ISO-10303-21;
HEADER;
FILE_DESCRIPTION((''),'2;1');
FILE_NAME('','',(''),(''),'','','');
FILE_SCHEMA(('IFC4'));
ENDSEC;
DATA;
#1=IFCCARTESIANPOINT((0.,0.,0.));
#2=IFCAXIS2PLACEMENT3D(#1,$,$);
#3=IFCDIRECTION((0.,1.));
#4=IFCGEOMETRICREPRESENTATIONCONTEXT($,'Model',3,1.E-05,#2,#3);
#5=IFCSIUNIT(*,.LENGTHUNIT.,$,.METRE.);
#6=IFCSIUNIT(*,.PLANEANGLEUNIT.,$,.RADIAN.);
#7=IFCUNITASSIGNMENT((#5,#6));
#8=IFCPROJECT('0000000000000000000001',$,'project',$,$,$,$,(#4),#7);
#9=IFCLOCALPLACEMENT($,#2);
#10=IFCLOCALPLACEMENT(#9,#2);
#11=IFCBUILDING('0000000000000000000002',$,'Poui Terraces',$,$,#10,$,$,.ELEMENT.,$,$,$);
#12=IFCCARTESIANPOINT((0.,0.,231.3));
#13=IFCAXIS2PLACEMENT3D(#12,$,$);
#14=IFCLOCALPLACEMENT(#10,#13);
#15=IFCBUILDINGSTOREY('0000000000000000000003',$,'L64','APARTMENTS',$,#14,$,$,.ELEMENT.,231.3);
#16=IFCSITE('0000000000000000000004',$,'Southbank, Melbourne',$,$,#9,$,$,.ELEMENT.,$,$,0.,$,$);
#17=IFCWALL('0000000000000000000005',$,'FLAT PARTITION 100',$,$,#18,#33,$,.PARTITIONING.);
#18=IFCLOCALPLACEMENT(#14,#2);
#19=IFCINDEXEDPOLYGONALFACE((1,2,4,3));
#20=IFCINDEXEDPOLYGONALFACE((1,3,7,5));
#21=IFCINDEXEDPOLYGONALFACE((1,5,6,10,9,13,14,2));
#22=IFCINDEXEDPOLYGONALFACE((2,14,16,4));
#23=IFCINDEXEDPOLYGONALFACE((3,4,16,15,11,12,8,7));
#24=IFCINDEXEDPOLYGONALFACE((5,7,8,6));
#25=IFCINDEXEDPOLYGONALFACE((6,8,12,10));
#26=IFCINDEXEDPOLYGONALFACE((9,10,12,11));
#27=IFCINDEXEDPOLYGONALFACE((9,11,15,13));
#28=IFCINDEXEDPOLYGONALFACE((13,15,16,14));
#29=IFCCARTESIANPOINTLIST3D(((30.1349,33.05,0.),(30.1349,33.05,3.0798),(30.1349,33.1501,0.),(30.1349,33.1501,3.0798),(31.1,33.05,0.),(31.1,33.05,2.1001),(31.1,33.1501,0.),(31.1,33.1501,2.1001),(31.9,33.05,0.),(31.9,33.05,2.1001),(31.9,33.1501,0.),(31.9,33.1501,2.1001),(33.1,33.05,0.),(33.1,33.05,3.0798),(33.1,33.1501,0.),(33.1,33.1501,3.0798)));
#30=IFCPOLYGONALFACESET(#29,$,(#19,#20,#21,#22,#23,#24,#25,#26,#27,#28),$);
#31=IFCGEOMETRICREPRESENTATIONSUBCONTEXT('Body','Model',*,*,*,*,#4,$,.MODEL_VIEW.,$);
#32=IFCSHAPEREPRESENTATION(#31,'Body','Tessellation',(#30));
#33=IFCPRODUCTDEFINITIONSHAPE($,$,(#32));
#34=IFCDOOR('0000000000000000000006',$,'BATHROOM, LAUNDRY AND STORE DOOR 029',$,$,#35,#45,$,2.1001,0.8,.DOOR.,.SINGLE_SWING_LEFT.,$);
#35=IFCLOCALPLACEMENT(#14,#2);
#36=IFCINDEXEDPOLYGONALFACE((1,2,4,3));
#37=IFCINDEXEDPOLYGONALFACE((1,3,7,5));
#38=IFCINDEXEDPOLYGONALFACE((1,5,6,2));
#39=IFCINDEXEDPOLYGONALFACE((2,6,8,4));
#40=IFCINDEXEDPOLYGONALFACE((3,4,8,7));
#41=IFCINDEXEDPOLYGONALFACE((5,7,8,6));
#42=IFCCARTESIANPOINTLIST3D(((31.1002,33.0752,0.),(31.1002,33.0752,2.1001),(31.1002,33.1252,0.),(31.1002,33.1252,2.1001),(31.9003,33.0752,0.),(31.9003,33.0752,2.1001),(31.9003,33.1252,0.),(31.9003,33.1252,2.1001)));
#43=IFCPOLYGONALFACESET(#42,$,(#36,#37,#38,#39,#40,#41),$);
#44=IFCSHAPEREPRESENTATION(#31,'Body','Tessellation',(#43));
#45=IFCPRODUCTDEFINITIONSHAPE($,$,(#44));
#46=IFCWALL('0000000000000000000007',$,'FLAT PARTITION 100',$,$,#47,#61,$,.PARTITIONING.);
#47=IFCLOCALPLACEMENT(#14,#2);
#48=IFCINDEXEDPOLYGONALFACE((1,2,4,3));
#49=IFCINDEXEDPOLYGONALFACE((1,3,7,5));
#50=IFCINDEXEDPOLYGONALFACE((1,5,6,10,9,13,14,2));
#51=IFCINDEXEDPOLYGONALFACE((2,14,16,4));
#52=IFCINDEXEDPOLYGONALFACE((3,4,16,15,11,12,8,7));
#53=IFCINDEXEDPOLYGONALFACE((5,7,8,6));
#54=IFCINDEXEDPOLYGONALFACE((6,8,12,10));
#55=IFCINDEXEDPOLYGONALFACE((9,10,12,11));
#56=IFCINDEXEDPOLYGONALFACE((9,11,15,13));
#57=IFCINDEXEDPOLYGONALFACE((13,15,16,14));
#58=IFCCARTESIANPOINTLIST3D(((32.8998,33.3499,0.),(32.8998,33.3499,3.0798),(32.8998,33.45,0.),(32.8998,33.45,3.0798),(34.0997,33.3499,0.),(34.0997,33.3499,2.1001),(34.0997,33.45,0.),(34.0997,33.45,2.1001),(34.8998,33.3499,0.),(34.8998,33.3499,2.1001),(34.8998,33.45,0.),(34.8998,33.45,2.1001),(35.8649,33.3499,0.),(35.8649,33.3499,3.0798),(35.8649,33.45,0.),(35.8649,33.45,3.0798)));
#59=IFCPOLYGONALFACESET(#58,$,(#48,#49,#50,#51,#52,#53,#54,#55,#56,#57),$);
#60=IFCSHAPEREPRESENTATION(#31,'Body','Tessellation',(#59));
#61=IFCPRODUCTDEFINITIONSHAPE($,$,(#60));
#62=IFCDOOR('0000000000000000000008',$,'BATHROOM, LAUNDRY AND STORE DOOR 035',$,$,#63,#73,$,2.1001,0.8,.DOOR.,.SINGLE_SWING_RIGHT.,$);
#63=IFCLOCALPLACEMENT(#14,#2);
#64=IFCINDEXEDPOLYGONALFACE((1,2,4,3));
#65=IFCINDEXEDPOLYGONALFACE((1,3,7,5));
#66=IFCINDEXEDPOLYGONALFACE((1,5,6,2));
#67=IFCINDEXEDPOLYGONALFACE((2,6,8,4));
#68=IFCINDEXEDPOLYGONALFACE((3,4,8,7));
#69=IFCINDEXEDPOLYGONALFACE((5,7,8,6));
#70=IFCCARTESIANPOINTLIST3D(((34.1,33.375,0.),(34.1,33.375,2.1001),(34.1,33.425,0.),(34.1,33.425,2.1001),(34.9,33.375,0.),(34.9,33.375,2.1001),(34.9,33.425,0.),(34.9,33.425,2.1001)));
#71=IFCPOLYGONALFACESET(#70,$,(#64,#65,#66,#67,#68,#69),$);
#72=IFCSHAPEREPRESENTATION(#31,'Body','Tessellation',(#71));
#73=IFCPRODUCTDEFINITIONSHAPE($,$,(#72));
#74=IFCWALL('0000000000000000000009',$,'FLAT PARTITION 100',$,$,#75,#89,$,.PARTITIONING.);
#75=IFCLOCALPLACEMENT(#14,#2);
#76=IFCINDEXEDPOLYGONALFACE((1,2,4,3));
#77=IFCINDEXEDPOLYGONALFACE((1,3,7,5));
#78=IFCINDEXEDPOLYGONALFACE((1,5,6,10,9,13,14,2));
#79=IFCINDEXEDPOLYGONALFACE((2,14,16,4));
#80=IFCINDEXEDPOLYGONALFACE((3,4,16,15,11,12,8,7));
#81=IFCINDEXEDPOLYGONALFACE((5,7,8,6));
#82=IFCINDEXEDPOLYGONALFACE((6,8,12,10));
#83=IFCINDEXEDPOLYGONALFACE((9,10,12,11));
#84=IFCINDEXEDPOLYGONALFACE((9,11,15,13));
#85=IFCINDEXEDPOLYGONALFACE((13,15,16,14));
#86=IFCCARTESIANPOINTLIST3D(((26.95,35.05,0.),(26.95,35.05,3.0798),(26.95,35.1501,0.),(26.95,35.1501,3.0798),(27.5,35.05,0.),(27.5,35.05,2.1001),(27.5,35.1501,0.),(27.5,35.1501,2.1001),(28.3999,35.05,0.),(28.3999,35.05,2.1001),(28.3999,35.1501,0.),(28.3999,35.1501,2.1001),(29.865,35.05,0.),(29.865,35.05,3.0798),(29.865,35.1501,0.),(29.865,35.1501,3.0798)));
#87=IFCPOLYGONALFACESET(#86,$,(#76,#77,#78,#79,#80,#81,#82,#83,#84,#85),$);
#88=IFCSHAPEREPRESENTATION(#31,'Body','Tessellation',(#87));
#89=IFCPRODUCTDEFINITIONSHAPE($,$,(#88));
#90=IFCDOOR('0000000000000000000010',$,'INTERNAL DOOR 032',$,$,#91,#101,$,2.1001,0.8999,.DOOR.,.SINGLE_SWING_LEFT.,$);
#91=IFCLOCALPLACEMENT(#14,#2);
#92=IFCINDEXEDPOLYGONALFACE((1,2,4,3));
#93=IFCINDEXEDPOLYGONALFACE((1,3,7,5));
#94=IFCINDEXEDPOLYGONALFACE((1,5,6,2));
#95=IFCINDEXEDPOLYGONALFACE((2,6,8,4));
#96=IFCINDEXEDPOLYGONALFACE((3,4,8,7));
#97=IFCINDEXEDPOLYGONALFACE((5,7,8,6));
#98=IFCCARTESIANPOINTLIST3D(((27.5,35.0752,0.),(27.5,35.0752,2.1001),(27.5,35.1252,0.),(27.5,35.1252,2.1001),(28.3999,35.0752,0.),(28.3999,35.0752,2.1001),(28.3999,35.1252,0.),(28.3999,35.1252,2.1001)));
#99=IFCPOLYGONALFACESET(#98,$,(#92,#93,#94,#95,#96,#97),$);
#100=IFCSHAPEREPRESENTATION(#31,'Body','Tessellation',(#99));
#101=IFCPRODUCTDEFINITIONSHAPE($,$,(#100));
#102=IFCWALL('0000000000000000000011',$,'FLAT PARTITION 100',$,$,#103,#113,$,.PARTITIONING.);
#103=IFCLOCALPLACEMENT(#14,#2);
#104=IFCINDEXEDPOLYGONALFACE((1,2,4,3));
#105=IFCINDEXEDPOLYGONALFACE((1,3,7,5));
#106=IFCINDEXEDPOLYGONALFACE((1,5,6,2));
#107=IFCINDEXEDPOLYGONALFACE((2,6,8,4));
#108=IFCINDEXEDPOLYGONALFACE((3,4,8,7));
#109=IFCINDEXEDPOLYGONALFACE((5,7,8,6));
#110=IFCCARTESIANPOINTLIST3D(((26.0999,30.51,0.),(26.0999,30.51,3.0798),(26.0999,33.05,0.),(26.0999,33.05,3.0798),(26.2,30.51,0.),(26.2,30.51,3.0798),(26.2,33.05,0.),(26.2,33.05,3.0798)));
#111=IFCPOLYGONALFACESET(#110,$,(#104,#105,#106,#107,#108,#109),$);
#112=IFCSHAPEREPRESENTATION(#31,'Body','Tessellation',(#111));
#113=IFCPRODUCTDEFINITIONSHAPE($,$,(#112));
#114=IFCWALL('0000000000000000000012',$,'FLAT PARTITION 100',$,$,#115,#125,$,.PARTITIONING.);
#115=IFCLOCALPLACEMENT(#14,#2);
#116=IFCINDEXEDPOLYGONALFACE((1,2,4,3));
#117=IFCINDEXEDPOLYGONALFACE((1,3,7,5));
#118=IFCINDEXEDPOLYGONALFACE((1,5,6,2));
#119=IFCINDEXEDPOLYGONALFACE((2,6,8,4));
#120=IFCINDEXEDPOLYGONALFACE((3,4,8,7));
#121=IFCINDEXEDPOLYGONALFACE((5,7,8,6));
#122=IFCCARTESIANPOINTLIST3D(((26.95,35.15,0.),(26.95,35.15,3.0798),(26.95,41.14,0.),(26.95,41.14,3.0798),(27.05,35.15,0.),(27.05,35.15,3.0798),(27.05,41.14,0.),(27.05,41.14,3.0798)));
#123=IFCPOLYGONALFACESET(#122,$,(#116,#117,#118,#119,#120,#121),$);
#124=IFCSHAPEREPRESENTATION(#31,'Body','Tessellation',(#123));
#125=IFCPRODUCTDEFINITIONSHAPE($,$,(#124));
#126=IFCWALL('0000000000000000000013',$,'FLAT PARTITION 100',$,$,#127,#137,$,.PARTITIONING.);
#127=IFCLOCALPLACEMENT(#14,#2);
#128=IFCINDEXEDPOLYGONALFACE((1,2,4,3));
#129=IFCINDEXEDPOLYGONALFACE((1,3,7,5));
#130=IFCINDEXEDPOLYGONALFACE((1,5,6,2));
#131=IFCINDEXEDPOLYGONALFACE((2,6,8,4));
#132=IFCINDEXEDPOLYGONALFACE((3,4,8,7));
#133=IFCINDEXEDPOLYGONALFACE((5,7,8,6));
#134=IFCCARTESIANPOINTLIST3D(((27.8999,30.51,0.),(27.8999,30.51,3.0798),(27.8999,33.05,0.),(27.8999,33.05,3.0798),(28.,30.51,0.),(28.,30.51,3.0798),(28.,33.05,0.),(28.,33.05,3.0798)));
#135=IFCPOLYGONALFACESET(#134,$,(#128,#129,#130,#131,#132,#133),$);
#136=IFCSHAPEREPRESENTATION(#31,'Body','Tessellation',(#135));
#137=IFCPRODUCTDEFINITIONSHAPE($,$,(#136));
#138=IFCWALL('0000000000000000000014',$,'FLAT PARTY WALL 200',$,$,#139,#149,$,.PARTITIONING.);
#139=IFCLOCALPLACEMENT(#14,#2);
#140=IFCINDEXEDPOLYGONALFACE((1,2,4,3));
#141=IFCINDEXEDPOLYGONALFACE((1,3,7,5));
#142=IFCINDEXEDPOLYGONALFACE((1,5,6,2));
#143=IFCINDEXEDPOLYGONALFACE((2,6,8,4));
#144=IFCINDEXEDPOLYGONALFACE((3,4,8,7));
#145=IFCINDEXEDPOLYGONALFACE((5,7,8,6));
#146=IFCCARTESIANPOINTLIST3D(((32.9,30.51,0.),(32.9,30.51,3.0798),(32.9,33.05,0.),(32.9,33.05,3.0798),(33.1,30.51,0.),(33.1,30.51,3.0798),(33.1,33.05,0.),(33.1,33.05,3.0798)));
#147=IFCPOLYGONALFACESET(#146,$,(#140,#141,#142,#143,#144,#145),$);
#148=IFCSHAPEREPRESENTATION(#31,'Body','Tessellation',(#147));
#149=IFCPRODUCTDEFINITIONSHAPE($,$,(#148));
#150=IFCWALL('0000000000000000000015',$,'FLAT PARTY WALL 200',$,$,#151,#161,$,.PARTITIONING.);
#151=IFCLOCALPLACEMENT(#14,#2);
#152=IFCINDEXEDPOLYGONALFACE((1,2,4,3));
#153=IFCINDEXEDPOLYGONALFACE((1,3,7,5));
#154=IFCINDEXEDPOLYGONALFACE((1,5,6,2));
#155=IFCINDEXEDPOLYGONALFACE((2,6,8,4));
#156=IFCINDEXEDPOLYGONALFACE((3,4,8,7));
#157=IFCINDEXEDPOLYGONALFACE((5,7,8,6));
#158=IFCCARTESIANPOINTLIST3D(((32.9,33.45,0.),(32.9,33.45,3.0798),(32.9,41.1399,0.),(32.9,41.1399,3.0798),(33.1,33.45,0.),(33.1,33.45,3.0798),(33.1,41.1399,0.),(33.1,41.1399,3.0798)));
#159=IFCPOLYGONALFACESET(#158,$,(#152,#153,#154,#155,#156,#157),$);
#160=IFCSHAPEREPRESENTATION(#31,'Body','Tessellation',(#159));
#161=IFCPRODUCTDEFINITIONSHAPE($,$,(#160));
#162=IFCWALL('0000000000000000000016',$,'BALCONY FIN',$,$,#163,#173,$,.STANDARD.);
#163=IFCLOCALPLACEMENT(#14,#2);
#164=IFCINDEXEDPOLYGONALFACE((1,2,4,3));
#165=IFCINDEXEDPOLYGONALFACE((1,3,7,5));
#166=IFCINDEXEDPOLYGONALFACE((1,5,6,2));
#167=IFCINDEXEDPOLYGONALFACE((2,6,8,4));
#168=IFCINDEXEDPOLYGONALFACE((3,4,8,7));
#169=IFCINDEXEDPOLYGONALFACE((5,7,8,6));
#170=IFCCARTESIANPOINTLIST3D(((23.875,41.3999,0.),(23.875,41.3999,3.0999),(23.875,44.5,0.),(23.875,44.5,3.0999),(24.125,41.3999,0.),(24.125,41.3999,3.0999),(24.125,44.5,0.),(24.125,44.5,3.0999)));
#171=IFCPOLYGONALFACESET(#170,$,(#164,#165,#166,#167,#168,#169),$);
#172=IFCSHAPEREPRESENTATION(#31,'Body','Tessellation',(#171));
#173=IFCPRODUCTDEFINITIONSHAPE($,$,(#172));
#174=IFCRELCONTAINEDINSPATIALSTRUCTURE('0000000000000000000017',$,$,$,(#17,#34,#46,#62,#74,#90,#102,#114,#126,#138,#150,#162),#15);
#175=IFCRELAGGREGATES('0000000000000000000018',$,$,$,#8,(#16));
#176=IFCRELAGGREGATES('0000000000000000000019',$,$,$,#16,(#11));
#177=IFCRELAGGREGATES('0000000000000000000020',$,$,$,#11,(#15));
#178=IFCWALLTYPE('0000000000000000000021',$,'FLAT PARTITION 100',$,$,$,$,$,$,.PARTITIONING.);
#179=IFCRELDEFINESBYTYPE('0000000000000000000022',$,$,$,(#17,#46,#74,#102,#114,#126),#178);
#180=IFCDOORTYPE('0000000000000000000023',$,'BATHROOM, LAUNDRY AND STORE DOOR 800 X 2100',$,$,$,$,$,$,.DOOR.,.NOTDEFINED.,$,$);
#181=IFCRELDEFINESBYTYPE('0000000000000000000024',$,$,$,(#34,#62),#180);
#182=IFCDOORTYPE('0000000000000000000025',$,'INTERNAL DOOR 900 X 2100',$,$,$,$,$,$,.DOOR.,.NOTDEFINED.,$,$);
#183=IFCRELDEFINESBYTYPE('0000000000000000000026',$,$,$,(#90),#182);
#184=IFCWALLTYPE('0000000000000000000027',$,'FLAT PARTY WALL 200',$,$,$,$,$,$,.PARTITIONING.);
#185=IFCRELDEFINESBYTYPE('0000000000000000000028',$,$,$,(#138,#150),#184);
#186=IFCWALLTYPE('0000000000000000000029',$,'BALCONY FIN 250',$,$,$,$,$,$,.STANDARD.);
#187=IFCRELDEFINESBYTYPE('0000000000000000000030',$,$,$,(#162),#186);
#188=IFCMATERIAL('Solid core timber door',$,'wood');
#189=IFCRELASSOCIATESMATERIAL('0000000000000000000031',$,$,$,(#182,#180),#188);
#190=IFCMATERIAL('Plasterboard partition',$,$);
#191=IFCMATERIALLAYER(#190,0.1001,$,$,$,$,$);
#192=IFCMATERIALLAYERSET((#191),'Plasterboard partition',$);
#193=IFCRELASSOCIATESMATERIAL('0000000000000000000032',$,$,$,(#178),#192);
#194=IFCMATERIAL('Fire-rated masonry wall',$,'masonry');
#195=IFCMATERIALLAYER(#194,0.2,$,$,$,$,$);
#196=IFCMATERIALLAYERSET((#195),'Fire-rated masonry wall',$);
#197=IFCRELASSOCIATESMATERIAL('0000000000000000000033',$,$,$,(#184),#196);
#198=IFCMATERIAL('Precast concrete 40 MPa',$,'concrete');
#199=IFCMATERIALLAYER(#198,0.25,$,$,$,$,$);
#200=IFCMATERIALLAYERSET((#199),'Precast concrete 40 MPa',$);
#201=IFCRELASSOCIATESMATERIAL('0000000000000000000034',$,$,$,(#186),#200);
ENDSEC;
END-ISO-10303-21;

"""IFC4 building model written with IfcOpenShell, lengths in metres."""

from ifc_helpers import new_model, si_unit, direction, frame, frame_2d, origin, place, context, subcontext, project, spatial, polyline, rectangle, outline, extrude, source, transform, mapped, material, layer, layer_set, type_object, element, fill, save


model = new_model("IFC4")

# Units and contexts
model_context = context("Model", 3, precision=1e-05, world=origin(), true_north=direction((0.0, 1.0)))
body_context = subcontext(model_context, "Body", "Model", "MODEL_VIEW")
ifc_project = project(units=[si_unit("LENGTHUNIT", "METRE"), si_unit("PLANEANGLEUNIT", "RADIAN")], contexts=[model_context])

# Site, building, storey
site_placement = place(None, origin())
site = spatial("IfcSite", under=ifc_project, at=site_placement, Name="Southbank, Melbourne", CompositionType="ELEMENT", RefElevation=0.0)
building_placement = place(site_placement, origin())
building = spatial("IfcBuilding", under=site, at=building_placement, Name="Poui Terraces", CompositionType="ELEMENT")
storey_placement = place(building_placement, frame((0.0, 0.0, 231.3)))
storey = spatial("IfcBuildingStorey", under=building, at=storey_placement, Name="L64", Description="APARTMENTS", CompositionType="ELEMENT", Elevation=231.3)

# Walls, openings, doors
ifc_material_1 = material(Name="Solid core timber door", Category="wood")
door_type_1 = type_object("IfcDoorType", Name="INTERNAL DOOR 900 X 2100", OperationType="NOTDEFINED", PredefinedType="DOOR", material=ifc_material_1)
ifc_material_2 = material(Name="Plasterboard partition")
ifc_layer_1 = layer(ifc_material_2, 0.1001)
ifc_layer_set_1 = layer_set([ifc_layer_1], Name="Plasterboard partition")
wall_type_1 = type_object("IfcWallType", Name="FLAT PARTITION 100", PredefinedType="PARTITIONING", material=ifc_layer_set_1)
door_type_2 = type_object("IfcDoorType", Name="BATHROOM, LAUNDRY AND STORE DOOR 800 X 2100", OperationType="NOTDEFINED", PredefinedType="DOOR", material=ifc_material_1)
wall_1_placement = place(storey_placement, frame((30.135, 33.1001, 0.0), z_axis=(0.0, 0.0, 1.0), x_axis=(1.0, 0.0, 0.0)))
wall_1 = element("IfcWall", 1, at=wall_1_placement, inside=storey, type_object=wall_type_1, Name="FLAT PARTITION 100", PredefinedType="PARTITIONING", context=body_context, shape_type="SweptSolid", body=[
    extrude(rectangle(XDim=2.9651, YDim=0.1001, at=frame_2d((1.4824, 0.0))), origin(), (0.0, 0.0, 1.0), 3.0798),
])
opening_1_placement = place(wall_1_placement, frame((0.9651, 0.0, 0.0)))
opening_1 = element("IfcOpeningElement", 2, at=opening_1_placement, cuts=wall_1, PredefinedType="OPENING", context=body_context, shape_type="SweptSolid", body=[
    extrude(rectangle(XDim=0.8, YDim=2.1001, at=frame_2d((0.3999, 1.05))), frame((0.0, 0.0601, 0.0), z_axis=(0.0, -1.0, 0.0), x_axis=(1.0, 0.0, 0.0)), (0.0, 0.0, 1.0), 0.1201),
])
door_1_placement = place(opening_1_placement, frame((0.8, 0.0, 0.0), z_axis=(0.0, 0.0, 1.0), x_axis=(-1.0, 0.0, 0.0)))
door_1 = element("IfcDoor", 3, at=door_1_placement, inside=storey, type_object=door_type_2, Name="BATHROOM, LAUNDRY AND STORE DOOR 029", OperationType="SINGLE_SWING_LEFT", OverallHeight=2.1001, OverallWidth=0.8, PredefinedType="DOOR", context=body_context, shape_type="SweptSolid", body=[
    extrude(rectangle(XDim=0.8, YDim=2.1001, at=frame_2d((0.3999, 1.05))), frame((0.0, 0.0249, 0.0), z_axis=(0.0, -1.0, 0.0), x_axis=(1.0, 0.0, 0.0)), (0.0, 0.0, 1.0), 0.05),
])
fill(opening_1, door_1)
wall_2_placement = place(storey_placement, frame((32.8999, 33.3999, 0.0), z_axis=(0.0, 0.0, 1.0), x_axis=(1.0, 0.0, 0.0)))
wall_2 = element("IfcWall", 4, at=wall_2_placement, inside=storey, type_object=wall_type_1, Name="FLAT PARTITION 100", PredefinedType="PARTITIONING", context=body_context, shape_type="SweptSolid", body=[
    extrude(rectangle(XDim=2.9651, YDim=0.1001, at=frame_2d((1.4824, 0.0))), origin(), (0.0, 0.0, 1.0), 3.0798),
])
opening_2_placement = place(wall_2_placement, frame((1.2, 0.0, 0.0)))
opening_2 = element("IfcOpeningElement", 5, at=opening_2_placement, cuts=wall_2, PredefinedType="OPENING", context=body_context, shape_type="SweptSolid", body=[
    extrude(rectangle(XDim=0.8, YDim=2.1001, at=frame_2d((0.3999, 1.05))), frame((0.0, 0.0601, 0.0), z_axis=(0.0, -1.0, 0.0), x_axis=(1.0, 0.0, 0.0)), (0.0, 0.0, 1.0), 0.1201),
])
door_2_placement = place(opening_2_placement, frame((0.8, 0.0, 0.0), z_axis=(0.0, 0.0, 1.0), x_axis=(-1.0, 0.0, 0.0)))
door_2 = element("IfcDoor", 6, at=door_2_placement, inside=storey, type_object=door_type_2, Name="BATHROOM, LAUNDRY AND STORE DOOR 035", OperationType="SINGLE_SWING_RIGHT", OverallHeight=2.1001, OverallWidth=0.8, PredefinedType="DOOR", context=body_context, shape_type="SweptSolid", body=[
    extrude(rectangle(XDim=0.8, YDim=2.1001, at=frame_2d((0.3999, 1.05))), frame((0.0, 0.0249, 0.0), z_axis=(0.0, -1.0, 0.0), x_axis=(1.0, 0.0, 0.0)), (0.0, 0.0, 1.0), 0.05),
])
fill(opening_2, door_2)
wall_3_placement = place(storey_placement, frame((26.95, 35.1001, 0.0), z_axis=(0.0, 0.0, 1.0), x_axis=(1.0, 0.0, 0.0)))
wall_3 = element("IfcWall", 7, at=wall_3_placement, inside=storey, type_object=wall_type_1, Name="FLAT PARTITION 100", PredefinedType="PARTITIONING", context=body_context, shape_type="SweptSolid", body=[
    extrude(rectangle(XDim=2.915, YDim=0.1001, at=frame_2d((1.4575, 0.0))), origin(), (0.0, 0.0, 1.0), 3.0798),
])
opening_3_placement = place(wall_3_placement, frame((0.55, 0.0, 0.0)))
opening_3 = element("IfcOpeningElement", 8, at=opening_3_placement, cuts=wall_3, PredefinedType="OPENING", context=body_context, shape_type="SweptSolid", body=[
    extrude(rectangle(XDim=0.8999, YDim=2.1001, at=frame_2d((0.45, 1.05))), frame((0.0, 0.0601, 0.0), z_axis=(0.0, -1.0, 0.0), x_axis=(1.0, 0.0, 0.0)), (0.0, 0.0, 1.0), 0.1201),
])
door_3_placement = place(opening_3_placement, frame((0.8999, 0.0, 0.0), z_axis=(0.0, 0.0, 1.0), x_axis=(-1.0, 0.0, 0.0)))
door_3 = element("IfcDoor", 9, at=door_3_placement, inside=storey, type_object=door_type_1, Name="INTERNAL DOOR 032", OperationType="SINGLE_SWING_LEFT", OverallHeight=2.1001, OverallWidth=0.8999, PredefinedType="DOOR", context=body_context, shape_type="SweptSolid", body=[
    extrude(rectangle(XDim=0.8999, YDim=2.1001, at=frame_2d((0.45, 1.05))), frame((0.0, 0.0249, 0.0), z_axis=(0.0, -1.0, 0.0), x_axis=(1.0, 0.0, 0.0)), (0.0, 0.0, 1.0), 0.05),
])
fill(opening_3, door_3)

# Walls
wall_4_placement = place(storey_placement, frame((26.1499, 30.51, 0.0), z_axis=(0.0, 0.0, 1.0), x_axis=(0.0, 1.0, 0.0)))
element("IfcWall", 10, at=wall_4_placement, inside=storey, type_object=wall_type_1, Name="FLAT PARTITION 100", PredefinedType="PARTITIONING", context=body_context, shape_type="SweptSolid", body=[
    extrude(rectangle(XDim=2.54, YDim=0.1001, at=frame_2d((1.27, 0.0))), origin(), (0.0, 0.0, 1.0), 3.0798),
])
wall_5_placement = place(storey_placement, frame((27.0, 35.1499, 0.0), z_axis=(0.0, 0.0, 1.0), x_axis=(0.0, 1.0, 0.0)))
element("IfcWall", 11, at=wall_5_placement, inside=storey, type_object=wall_type_1, Name="FLAT PARTITION 100", PredefinedType="PARTITIONING", context=body_context, shape_type="SweptSolid", body=[
    extrude(rectangle(XDim=5.99, YDim=0.1001, at=frame_2d((2.9951, 0.0))), origin(), (0.0, 0.0, 1.0), 3.0798),
])
wall_6_placement = place(storey_placement, frame((27.95, 30.51, 0.0), z_axis=(0.0, 0.0, 1.0), x_axis=(0.0, 1.0, 0.0)))
element("IfcWall", 12, at=wall_6_placement, inside=storey, type_object=wall_type_1, Name="FLAT PARTITION 100", PredefinedType="PARTITIONING", context=body_context, shape_type="SweptSolid", body=[
    extrude(rectangle(XDim=2.54, YDim=0.1001, at=frame_2d((1.27, 0.0))), origin(), (0.0, 0.0, 1.0), 3.0798),
])
ifc_material_3 = material(Name="Fire-rated masonry wall", Category="masonry")
ifc_layer_2 = layer(ifc_material_3, 0.2)
ifc_layer_set_2 = layer_set([ifc_layer_2], Name="Fire-rated masonry wall")
wall_type_2 = type_object("IfcWallType", Name="FLAT PARTY WALL 200", PredefinedType="PARTITIONING", material=ifc_layer_set_2)
wall_7_placement = place(storey_placement, frame((33.0, 30.51, 0.0), z_axis=(0.0, 0.0, 1.0), x_axis=(0.0, 1.0, 0.0)))
element("IfcWall", 13, at=wall_7_placement, inside=storey, type_object=wall_type_2, Name="FLAT PARTY WALL 200", PredefinedType="PARTITIONING", context=body_context, shape_type="SweptSolid", body=[
    extrude(rectangle(XDim=2.54, YDim=0.2, at=frame_2d((1.27, 0.0))), origin(), (0.0, 0.0, 1.0), 3.0798),
])
wall_8_placement = place(storey_placement, frame((33.0, 33.45, 0.0), z_axis=(0.0, 0.0, 1.0), x_axis=(0.0, 1.0, 0.0)))
element("IfcWall", 14, at=wall_8_placement, inside=storey, type_object=wall_type_2, Name="FLAT PARTY WALL 200", PredefinedType="PARTITIONING", context=body_context, shape_type="SweptSolid", body=[
    extrude(rectangle(XDim=7.6899, YDim=0.2, at=frame_2d((3.845, 0.0))), origin(), (0.0, 0.0, 1.0), 3.0798),
])
ifc_material_4 = material(Name="Precast concrete 40 MPa", Category="concrete")
ifc_layer_3 = layer(ifc_material_4, 0.25)
ifc_layer_set_3 = layer_set([ifc_layer_3], Name="Precast concrete 40 MPa")
wall_type_3 = type_object("IfcWallType", Name="BALCONY FIN 250", PredefinedType="STANDARD", material=ifc_layer_set_3)
shared_shape_1 = source(origin(), body_context, "Body", "SweptSolid", [
    extrude(outline(polyline([(0.0, 0.0), (0.25, 0.0), (0.25, 3.1001), (0.0, 3.1001), (0.0, 0.0)])), origin(), (0.0, 0.0, 1.0), 3.0999),
])
for number, where, name in (
    (15, (23.875, 41.3999, 0.0), "BALCONY FIN"),
):
    element("IfcWall", number, at=place(storey_placement, frame(where)), inside=storey, type_object=wall_type_3, Name=name, PredefinedType="STANDARD", context=body_context, shape_type="MappedRepresentation", body=[
        mapped(shared_shape_1, transform((0.0, 0.0, 0.0))),
    ])

save(model, "model.ifc")
